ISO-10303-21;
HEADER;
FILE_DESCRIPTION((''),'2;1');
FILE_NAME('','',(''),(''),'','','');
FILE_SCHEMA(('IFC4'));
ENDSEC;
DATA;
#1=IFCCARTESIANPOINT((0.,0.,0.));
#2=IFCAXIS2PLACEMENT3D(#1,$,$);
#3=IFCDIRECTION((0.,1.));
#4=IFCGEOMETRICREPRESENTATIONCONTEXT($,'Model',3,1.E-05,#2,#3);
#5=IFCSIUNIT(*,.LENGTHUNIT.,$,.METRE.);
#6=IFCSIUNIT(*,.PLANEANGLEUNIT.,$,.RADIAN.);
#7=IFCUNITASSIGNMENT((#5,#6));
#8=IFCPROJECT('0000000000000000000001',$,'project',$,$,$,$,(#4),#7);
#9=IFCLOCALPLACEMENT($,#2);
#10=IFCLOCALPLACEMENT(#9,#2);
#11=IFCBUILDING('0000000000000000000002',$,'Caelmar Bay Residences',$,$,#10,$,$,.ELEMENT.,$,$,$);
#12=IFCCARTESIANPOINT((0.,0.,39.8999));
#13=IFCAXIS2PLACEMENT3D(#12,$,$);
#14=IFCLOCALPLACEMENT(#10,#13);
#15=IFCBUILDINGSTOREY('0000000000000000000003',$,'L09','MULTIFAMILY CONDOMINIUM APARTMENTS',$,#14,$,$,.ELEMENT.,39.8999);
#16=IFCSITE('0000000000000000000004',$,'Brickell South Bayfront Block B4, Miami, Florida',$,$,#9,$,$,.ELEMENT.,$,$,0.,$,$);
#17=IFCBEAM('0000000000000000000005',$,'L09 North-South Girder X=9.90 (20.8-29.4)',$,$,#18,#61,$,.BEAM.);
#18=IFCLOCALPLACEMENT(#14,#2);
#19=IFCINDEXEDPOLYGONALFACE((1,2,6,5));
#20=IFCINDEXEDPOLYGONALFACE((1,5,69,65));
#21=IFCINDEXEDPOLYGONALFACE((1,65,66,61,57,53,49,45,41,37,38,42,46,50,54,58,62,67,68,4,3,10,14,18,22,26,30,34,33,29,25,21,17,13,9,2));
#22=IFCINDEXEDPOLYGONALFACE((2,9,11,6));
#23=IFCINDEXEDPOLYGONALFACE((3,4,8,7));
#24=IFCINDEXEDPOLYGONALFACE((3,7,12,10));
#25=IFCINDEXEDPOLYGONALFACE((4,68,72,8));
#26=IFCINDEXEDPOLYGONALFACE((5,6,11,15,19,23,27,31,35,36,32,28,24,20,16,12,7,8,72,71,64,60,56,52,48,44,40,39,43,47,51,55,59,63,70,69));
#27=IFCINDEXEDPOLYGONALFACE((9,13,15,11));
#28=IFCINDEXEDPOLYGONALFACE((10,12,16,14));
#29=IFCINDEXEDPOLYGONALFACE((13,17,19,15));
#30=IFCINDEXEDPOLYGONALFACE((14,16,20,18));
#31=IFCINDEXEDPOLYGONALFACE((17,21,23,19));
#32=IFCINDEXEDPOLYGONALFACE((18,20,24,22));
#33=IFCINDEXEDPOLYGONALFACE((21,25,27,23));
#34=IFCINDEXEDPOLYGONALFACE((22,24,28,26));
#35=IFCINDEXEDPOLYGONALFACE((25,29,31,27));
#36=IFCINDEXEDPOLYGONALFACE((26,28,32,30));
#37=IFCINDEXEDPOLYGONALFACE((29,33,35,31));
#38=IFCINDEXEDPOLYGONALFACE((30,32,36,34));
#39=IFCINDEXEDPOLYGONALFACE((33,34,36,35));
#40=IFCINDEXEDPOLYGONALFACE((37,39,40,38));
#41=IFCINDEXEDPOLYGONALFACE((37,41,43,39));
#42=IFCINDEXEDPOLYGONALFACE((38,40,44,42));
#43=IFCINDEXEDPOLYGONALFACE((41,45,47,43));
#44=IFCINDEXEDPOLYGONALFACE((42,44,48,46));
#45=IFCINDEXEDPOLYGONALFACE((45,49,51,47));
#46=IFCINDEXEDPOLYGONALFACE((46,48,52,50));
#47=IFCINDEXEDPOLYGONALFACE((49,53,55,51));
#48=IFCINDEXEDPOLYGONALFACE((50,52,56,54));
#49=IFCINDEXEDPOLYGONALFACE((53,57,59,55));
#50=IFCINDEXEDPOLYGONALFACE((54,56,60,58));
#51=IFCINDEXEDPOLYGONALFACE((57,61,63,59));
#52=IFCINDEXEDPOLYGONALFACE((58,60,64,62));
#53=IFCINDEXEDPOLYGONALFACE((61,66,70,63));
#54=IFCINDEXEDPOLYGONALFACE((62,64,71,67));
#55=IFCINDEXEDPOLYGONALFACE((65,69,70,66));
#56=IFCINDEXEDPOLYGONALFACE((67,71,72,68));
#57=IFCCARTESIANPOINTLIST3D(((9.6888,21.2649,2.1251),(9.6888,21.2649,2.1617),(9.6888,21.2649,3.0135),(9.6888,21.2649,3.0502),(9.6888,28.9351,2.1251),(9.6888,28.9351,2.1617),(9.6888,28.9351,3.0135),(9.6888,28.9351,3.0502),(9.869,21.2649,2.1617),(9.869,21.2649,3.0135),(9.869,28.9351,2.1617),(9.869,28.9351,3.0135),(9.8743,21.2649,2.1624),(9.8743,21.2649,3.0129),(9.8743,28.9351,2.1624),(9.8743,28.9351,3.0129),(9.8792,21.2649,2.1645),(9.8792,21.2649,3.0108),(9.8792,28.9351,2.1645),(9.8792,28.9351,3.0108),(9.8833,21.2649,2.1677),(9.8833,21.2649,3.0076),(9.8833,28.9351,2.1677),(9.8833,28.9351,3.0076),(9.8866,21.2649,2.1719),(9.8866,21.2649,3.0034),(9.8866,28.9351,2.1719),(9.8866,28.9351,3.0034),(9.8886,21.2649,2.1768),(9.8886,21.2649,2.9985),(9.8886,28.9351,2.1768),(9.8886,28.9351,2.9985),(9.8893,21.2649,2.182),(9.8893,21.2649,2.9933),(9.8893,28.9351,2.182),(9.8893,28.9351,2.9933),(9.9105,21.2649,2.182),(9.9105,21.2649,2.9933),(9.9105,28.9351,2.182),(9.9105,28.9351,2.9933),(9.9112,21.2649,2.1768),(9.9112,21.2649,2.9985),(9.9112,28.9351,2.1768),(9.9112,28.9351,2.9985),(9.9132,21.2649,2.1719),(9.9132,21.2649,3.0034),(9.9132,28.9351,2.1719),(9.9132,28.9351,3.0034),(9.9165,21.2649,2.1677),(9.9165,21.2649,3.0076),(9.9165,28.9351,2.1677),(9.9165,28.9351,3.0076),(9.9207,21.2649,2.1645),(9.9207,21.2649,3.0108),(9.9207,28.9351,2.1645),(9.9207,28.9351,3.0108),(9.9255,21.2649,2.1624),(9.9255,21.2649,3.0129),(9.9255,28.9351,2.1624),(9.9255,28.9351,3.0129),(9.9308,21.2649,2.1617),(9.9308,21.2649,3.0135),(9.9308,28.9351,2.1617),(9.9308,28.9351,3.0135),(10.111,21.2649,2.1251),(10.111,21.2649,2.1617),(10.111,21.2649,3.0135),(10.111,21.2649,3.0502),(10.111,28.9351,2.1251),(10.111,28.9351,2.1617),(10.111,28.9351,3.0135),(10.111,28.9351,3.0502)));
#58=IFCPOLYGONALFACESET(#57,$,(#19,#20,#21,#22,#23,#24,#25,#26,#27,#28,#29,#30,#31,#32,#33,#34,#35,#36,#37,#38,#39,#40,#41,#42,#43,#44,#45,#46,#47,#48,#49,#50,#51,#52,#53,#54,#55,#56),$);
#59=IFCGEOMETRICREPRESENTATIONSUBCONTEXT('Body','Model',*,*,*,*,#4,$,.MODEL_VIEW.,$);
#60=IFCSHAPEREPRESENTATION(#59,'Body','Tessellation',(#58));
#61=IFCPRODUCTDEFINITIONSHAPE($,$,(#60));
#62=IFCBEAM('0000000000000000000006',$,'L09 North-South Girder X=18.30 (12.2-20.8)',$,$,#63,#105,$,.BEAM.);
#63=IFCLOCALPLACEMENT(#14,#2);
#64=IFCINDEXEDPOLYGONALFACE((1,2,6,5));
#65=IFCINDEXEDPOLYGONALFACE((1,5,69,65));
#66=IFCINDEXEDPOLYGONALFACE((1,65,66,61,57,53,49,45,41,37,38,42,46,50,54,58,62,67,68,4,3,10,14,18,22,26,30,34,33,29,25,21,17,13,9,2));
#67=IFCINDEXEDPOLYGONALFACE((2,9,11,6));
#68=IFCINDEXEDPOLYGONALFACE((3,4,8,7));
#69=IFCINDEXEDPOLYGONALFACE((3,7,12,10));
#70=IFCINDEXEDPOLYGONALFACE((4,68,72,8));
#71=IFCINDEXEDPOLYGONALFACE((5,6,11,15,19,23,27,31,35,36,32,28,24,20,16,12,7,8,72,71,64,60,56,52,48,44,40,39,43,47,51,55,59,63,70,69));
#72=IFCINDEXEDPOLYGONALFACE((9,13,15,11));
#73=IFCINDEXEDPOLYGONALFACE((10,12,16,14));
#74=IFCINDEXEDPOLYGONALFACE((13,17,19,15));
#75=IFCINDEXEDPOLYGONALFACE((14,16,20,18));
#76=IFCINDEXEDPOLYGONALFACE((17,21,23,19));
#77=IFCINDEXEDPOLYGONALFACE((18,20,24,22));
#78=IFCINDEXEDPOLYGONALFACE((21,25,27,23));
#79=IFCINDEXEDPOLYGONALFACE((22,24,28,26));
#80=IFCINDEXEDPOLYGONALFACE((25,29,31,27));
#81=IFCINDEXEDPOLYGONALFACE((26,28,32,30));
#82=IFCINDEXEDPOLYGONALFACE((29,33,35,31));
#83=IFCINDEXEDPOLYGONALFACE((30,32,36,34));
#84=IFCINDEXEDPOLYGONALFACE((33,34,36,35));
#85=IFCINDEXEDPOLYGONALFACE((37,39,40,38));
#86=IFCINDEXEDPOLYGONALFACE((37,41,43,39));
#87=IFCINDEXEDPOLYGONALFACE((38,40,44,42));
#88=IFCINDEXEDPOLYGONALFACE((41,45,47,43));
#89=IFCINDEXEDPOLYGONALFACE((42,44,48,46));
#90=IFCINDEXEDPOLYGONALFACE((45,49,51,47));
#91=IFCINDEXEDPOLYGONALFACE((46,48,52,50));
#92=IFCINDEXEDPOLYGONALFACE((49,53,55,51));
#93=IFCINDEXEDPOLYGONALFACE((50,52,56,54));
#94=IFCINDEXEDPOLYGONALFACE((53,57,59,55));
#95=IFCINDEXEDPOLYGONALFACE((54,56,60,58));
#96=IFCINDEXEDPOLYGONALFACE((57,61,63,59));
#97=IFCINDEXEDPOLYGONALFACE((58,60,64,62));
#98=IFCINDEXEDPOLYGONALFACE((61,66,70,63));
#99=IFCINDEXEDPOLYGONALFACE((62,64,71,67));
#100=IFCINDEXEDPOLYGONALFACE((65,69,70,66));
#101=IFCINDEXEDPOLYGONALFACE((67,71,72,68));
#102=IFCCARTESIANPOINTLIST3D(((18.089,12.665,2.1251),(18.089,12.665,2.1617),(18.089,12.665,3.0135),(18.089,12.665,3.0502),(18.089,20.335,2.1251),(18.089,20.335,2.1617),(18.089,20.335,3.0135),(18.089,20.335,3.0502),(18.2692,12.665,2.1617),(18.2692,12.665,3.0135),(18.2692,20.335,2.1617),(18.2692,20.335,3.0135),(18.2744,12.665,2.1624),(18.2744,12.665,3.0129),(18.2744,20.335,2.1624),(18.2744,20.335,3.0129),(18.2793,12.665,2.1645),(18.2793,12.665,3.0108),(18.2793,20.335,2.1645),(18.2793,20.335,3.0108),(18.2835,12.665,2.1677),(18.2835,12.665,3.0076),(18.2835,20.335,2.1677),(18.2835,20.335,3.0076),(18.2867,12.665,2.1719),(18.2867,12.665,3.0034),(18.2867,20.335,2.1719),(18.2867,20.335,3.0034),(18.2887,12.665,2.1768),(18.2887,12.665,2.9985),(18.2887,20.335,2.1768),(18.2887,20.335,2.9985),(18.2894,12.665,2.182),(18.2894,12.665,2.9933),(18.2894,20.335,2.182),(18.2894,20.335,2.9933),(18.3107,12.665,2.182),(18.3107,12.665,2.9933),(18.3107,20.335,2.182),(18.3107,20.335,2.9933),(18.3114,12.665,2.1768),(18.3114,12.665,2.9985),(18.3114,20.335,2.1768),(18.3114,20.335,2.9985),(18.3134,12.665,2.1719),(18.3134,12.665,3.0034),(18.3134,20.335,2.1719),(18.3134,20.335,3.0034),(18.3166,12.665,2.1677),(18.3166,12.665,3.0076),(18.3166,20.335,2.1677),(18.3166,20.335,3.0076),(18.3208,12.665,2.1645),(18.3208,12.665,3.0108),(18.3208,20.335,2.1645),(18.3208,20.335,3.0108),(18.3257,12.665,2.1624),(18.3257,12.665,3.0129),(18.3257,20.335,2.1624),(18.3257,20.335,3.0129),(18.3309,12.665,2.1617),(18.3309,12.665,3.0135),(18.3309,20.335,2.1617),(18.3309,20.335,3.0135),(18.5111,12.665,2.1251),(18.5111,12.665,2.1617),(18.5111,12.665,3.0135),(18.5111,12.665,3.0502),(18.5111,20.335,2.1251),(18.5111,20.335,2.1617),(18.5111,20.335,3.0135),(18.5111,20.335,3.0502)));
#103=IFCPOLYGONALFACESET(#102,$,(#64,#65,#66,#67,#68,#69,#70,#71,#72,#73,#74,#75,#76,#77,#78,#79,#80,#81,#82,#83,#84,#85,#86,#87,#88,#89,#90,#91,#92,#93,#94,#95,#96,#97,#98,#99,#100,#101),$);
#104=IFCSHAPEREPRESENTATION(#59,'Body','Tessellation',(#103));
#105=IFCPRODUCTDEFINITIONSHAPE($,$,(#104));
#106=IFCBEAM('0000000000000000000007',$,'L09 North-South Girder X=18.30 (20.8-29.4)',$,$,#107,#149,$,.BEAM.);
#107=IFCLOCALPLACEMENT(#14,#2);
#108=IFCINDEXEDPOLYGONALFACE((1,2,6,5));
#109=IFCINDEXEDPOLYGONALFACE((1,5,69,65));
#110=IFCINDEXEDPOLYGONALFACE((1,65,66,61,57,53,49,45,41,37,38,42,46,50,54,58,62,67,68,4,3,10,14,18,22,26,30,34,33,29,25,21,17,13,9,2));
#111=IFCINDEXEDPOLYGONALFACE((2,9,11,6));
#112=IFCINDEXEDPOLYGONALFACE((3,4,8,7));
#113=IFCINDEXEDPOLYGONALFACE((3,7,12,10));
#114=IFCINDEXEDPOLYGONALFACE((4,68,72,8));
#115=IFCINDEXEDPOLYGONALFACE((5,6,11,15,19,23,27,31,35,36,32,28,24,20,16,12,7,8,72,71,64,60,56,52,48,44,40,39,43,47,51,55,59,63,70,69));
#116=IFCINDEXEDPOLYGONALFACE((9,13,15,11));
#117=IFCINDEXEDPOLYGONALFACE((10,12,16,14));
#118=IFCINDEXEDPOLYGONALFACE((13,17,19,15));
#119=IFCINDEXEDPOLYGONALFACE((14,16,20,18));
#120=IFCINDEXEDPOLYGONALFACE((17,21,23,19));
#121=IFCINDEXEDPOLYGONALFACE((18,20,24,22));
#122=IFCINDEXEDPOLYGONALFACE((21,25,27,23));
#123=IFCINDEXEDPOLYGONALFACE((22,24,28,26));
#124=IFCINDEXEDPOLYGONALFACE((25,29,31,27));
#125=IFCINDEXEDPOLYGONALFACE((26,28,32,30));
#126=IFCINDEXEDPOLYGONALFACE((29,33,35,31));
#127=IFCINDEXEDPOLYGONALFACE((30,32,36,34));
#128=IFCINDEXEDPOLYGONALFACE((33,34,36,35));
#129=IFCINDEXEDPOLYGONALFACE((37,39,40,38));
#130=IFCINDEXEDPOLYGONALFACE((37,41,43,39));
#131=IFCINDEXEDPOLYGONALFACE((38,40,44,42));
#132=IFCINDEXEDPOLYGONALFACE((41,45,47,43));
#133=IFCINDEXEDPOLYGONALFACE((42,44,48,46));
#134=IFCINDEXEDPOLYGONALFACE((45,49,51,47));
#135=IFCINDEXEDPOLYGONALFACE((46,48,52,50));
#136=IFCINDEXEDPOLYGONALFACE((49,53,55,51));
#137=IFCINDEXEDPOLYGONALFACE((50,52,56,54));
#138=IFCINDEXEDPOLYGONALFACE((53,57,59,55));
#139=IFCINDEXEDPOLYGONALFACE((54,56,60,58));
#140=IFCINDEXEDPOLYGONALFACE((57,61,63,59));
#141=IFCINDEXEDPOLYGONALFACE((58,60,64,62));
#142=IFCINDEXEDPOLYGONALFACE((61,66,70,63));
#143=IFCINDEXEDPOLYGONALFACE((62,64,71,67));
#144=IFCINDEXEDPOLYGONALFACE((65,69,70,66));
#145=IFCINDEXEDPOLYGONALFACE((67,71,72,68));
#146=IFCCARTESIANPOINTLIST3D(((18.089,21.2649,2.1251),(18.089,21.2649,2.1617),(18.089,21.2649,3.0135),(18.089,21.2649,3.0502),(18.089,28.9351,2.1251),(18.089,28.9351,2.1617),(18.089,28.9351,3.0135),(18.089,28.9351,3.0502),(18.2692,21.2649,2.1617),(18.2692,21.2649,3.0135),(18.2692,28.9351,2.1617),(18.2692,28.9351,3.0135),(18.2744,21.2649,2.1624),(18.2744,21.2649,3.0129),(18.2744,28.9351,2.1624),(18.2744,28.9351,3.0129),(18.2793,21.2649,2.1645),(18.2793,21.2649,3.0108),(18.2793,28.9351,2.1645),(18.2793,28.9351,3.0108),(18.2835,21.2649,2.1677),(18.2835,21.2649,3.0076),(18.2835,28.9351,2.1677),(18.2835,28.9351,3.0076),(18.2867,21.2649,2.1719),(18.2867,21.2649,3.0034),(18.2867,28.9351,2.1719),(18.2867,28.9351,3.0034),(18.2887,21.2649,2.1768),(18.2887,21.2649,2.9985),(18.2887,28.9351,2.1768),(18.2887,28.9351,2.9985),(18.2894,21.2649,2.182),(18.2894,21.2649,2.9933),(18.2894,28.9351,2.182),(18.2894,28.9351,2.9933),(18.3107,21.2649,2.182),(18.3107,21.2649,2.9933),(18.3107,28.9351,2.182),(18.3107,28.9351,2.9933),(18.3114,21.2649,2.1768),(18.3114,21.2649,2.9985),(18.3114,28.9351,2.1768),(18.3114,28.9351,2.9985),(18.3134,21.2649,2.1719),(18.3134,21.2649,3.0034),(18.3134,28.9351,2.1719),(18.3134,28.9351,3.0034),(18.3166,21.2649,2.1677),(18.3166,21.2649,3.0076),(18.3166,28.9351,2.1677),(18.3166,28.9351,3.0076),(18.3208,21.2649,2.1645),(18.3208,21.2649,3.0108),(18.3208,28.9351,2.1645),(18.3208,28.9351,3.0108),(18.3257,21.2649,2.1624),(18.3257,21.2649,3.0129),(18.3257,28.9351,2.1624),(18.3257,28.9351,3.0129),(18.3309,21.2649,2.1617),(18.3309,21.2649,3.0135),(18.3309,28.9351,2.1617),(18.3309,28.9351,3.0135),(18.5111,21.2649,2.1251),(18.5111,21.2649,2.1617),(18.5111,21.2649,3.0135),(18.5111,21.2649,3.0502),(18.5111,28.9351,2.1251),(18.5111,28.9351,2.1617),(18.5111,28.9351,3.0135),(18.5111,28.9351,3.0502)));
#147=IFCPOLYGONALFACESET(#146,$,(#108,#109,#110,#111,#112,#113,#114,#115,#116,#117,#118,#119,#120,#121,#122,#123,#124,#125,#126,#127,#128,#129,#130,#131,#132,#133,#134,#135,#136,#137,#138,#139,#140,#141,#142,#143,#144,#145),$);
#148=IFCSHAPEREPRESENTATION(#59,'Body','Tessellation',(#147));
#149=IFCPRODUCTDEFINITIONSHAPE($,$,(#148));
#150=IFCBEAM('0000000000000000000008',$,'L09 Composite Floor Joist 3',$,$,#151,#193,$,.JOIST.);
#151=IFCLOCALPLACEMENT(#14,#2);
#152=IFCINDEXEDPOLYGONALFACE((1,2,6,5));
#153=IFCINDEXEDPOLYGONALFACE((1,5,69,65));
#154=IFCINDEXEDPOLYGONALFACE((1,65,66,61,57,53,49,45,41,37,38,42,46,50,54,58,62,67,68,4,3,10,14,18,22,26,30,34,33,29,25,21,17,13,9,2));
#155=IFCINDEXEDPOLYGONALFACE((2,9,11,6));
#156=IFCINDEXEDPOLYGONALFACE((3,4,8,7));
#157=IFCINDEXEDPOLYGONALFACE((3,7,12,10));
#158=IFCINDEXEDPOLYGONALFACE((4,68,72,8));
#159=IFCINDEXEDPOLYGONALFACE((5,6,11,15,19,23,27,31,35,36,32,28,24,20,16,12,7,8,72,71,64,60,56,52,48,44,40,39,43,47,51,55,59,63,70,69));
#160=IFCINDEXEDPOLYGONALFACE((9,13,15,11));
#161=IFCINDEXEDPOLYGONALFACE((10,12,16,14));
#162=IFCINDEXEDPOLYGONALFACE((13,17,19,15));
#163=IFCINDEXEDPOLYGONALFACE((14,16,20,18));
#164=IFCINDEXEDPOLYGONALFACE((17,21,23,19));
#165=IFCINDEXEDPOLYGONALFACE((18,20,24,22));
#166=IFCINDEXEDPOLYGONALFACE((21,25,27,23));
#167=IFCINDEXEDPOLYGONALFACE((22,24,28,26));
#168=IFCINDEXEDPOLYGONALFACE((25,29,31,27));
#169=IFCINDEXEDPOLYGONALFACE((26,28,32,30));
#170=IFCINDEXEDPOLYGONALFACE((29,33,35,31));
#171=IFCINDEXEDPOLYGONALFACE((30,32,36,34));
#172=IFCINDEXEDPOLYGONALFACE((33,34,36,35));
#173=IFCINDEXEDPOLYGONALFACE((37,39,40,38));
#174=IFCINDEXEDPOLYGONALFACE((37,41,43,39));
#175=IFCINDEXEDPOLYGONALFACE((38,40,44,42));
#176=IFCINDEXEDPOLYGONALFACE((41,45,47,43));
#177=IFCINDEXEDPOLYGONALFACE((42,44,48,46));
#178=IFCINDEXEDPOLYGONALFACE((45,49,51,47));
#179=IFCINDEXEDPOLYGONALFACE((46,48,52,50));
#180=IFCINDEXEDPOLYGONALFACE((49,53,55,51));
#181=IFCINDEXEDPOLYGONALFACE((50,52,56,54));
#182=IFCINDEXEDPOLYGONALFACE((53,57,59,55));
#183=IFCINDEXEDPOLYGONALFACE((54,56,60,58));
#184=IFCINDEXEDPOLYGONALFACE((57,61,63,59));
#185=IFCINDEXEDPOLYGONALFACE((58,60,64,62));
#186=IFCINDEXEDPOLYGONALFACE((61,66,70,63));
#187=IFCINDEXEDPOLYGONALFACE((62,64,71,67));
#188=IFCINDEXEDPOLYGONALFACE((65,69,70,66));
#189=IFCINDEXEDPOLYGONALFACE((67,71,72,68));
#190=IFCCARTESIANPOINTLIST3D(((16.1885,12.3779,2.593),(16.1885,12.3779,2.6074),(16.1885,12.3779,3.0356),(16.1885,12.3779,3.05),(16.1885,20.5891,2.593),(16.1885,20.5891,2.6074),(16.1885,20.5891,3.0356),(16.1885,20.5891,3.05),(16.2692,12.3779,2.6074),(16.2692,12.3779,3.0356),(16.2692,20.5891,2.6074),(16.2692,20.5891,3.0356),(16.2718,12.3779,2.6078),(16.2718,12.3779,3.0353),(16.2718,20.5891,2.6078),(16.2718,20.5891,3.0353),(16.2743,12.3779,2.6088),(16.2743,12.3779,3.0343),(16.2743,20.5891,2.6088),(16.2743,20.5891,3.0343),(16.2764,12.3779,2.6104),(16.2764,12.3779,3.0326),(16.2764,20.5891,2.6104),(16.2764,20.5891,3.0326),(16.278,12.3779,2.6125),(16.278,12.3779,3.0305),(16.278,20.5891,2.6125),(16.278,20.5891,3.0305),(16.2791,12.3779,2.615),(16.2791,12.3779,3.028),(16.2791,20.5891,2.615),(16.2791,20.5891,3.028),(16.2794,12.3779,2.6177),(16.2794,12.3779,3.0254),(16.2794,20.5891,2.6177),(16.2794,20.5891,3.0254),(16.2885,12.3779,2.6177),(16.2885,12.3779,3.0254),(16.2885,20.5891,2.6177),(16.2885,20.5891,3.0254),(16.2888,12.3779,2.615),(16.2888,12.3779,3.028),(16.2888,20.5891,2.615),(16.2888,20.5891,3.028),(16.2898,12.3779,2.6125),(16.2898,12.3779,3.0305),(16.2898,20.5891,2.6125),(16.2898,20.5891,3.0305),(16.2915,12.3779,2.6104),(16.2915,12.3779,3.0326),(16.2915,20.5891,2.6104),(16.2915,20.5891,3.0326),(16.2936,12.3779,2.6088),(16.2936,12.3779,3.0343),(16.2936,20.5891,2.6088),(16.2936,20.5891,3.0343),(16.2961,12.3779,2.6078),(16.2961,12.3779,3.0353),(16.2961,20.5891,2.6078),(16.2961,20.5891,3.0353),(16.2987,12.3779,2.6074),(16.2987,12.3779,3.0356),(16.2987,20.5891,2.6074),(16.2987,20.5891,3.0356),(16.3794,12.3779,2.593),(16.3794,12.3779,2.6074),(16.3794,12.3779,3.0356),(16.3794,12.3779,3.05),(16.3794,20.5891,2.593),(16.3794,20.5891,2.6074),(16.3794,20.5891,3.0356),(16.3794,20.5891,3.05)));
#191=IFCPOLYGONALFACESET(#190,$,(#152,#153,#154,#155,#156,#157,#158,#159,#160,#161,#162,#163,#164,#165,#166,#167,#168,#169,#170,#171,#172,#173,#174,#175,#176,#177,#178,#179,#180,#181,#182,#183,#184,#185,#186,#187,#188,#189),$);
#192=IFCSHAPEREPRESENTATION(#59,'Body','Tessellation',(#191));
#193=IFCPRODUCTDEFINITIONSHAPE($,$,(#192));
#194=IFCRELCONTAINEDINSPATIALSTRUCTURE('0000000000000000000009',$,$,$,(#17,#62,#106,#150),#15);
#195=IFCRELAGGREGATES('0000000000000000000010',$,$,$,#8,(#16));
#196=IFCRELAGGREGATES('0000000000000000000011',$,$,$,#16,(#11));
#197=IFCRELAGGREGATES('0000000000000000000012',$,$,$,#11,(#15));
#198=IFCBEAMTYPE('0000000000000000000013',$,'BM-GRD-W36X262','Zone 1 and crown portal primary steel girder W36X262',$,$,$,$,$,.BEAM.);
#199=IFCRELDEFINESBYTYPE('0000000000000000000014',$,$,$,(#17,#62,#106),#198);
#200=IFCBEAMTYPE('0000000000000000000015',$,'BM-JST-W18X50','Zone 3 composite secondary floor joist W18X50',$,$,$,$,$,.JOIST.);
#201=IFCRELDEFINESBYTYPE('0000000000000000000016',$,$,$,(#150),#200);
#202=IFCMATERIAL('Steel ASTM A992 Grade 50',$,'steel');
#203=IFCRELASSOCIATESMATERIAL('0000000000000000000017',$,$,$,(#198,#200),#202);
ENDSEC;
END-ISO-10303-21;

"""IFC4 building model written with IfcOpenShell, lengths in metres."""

from ifc_helpers import new_model, si_unit, direction, frame, origin, origin_2d, place, context, subcontext, project, spatial, i_section, extrude, material, material_profile, profile_set, type_object, element, save


model = new_model("IFC4")

# Units and contexts
model_context = context("Model", 3, precision=1e-05, world=origin(), true_north=direction((0.0, 1.0)))
body_context = subcontext(model_context, "Body", "Model", "MODEL_VIEW")
ifc_project = project(units=[si_unit("LENGTHUNIT", "METRE"), si_unit("PLANEANGLEUNIT", "RADIAN")], contexts=[model_context])

# Site, building, storey
site_placement = place(None, origin())
site = spatial("IfcSite", under=ifc_project, at=site_placement, Name="Brickell South Bayfront Block B4, Miami, Florida", CompositionType="ELEMENT", RefElevation=0.0)
building_placement = place(site_placement, origin())
building = spatial("IfcBuilding", under=site, at=building_placement, Name="Caelmar Bay Residences", CompositionType="ELEMENT")
storey_placement = place(building_placement, frame((0.0, 0.0, 39.8999)))
storey = spatial("IfcBuildingStorey", under=building, at=storey_placement, Name="L09", Description="MULTIFAMILY CONDOMINIUM APARTMENTS", CompositionType="ELEMENT", Elevation=39.8999)

# Beams
ifc_material_1 = material(Name="Steel ASTM A992 Grade 50", Category="steel")
ifc_material_profile_1 = material_profile(ifc_material_1, i_section(OverallWidth=0.4221, OverallDepth=0.925, WebThickness=0.0212, FlangeThickness=0.0366, FilletRadius=0.0203, at=origin_2d()), Name="W36X262")
ifc_profile_set_1 = profile_set([ifc_material_profile_1], Name="Steel ASTM A992 Grade 50")
beam_type_1 = type_object("IfcBeamType", Name="BM-GRD-W36X262", Description="Zone 1 and crown portal primary steel girder W36X262", PredefinedType="BEAM", material=ifc_profile_set_1)
beam_1_placement = place(storey_placement, frame((9.8999, 21.2649, 2.5876), z_axis=(0.0, 1.0, 0.0), x_axis=(-1.0, 0.0, 0.0)))
element("IfcBeam", 1, at=beam_1_placement, inside=storey, type_object=beam_type_1, Name="L09 North-South Girder X=9.90 (20.8-29.4)", PredefinedType="BEAM", context=body_context, shape_type="SweptSolid", body=[
    extrude(i_section(OverallWidth=0.4221, OverallDepth=0.925, WebThickness=0.0212, FlangeThickness=0.0366, FilletRadius=0.0203, at=origin_2d()), origin(), (0.0, 0.0, 1.0), 7.6702),
])
beam_2_placement = place(storey_placement, frame((18.3, 12.665, 2.5876), z_axis=(0.0, 1.0, 0.0), x_axis=(-1.0, 0.0, 0.0)))
element("IfcBeam", 2, at=beam_2_placement, inside=storey, type_object=beam_type_1, Name="L09 North-South Girder X=18.30 (12.2-20.8)", PredefinedType="BEAM", context=body_context, shape_type="SweptSolid", body=[
    extrude(i_section(OverallWidth=0.4221, OverallDepth=0.925, WebThickness=0.0212, FlangeThickness=0.0366, FilletRadius=0.0203, at=origin_2d()), origin(), (0.0, 0.0, 1.0), 7.6699),
])
beam_3_placement = place(storey_placement, frame((18.3, 21.2649, 2.5876), z_axis=(0.0, 1.0, 0.0), x_axis=(-1.0, 0.0, 0.0)))
element("IfcBeam", 3, at=beam_3_placement, inside=storey, type_object=beam_type_1, Name="L09 North-South Girder X=18.30 (20.8-29.4)", PredefinedType="BEAM", context=body_context, shape_type="SweptSolid", body=[
    extrude(i_section(OverallWidth=0.4221, OverallDepth=0.925, WebThickness=0.0212, FlangeThickness=0.0366, FilletRadius=0.0203, at=origin_2d()), origin(), (0.0, 0.0, 1.0), 7.6702),
])
ifc_material_profile_2 = material_profile(ifc_material_1, i_section(OverallWidth=0.1909, OverallDepth=0.457, WebThickness=0.009, FlangeThickness=0.0144, FilletRadius=0.0103, at=origin_2d()), Name="W18X50")
ifc_profile_set_2 = profile_set([ifc_material_profile_2], Name="Steel ASTM A992 Grade 50")
beam_type_2 = type_object("IfcBeamType", Name="BM-JST-W18X50", Description="Zone 3 composite secondary floor joist W18X50", PredefinedType="JOIST", material=ifc_profile_set_2)
beam_4_placement = place(storey_placement, frame((16.2839, 12.3779, 2.8215), z_axis=(0.0, 1.0, 0.0), x_axis=(-1.0, 0.0, 0.0)))
element("IfcBeam", 4, at=beam_4_placement, inside=storey, type_object=beam_type_2, Name="L09 Composite Floor Joist 3", PredefinedType="JOIST", context=body_context, shape_type="SweptSolid", body=[
    extrude(i_section(OverallWidth=0.1909, OverallDepth=0.457, WebThickness=0.009, FlangeThickness=0.0144, FilletRadius=0.0103, at=origin_2d()), origin(), (0.0, 0.0, 1.0), 8.2112),
])

save(model, "model.ifc")
